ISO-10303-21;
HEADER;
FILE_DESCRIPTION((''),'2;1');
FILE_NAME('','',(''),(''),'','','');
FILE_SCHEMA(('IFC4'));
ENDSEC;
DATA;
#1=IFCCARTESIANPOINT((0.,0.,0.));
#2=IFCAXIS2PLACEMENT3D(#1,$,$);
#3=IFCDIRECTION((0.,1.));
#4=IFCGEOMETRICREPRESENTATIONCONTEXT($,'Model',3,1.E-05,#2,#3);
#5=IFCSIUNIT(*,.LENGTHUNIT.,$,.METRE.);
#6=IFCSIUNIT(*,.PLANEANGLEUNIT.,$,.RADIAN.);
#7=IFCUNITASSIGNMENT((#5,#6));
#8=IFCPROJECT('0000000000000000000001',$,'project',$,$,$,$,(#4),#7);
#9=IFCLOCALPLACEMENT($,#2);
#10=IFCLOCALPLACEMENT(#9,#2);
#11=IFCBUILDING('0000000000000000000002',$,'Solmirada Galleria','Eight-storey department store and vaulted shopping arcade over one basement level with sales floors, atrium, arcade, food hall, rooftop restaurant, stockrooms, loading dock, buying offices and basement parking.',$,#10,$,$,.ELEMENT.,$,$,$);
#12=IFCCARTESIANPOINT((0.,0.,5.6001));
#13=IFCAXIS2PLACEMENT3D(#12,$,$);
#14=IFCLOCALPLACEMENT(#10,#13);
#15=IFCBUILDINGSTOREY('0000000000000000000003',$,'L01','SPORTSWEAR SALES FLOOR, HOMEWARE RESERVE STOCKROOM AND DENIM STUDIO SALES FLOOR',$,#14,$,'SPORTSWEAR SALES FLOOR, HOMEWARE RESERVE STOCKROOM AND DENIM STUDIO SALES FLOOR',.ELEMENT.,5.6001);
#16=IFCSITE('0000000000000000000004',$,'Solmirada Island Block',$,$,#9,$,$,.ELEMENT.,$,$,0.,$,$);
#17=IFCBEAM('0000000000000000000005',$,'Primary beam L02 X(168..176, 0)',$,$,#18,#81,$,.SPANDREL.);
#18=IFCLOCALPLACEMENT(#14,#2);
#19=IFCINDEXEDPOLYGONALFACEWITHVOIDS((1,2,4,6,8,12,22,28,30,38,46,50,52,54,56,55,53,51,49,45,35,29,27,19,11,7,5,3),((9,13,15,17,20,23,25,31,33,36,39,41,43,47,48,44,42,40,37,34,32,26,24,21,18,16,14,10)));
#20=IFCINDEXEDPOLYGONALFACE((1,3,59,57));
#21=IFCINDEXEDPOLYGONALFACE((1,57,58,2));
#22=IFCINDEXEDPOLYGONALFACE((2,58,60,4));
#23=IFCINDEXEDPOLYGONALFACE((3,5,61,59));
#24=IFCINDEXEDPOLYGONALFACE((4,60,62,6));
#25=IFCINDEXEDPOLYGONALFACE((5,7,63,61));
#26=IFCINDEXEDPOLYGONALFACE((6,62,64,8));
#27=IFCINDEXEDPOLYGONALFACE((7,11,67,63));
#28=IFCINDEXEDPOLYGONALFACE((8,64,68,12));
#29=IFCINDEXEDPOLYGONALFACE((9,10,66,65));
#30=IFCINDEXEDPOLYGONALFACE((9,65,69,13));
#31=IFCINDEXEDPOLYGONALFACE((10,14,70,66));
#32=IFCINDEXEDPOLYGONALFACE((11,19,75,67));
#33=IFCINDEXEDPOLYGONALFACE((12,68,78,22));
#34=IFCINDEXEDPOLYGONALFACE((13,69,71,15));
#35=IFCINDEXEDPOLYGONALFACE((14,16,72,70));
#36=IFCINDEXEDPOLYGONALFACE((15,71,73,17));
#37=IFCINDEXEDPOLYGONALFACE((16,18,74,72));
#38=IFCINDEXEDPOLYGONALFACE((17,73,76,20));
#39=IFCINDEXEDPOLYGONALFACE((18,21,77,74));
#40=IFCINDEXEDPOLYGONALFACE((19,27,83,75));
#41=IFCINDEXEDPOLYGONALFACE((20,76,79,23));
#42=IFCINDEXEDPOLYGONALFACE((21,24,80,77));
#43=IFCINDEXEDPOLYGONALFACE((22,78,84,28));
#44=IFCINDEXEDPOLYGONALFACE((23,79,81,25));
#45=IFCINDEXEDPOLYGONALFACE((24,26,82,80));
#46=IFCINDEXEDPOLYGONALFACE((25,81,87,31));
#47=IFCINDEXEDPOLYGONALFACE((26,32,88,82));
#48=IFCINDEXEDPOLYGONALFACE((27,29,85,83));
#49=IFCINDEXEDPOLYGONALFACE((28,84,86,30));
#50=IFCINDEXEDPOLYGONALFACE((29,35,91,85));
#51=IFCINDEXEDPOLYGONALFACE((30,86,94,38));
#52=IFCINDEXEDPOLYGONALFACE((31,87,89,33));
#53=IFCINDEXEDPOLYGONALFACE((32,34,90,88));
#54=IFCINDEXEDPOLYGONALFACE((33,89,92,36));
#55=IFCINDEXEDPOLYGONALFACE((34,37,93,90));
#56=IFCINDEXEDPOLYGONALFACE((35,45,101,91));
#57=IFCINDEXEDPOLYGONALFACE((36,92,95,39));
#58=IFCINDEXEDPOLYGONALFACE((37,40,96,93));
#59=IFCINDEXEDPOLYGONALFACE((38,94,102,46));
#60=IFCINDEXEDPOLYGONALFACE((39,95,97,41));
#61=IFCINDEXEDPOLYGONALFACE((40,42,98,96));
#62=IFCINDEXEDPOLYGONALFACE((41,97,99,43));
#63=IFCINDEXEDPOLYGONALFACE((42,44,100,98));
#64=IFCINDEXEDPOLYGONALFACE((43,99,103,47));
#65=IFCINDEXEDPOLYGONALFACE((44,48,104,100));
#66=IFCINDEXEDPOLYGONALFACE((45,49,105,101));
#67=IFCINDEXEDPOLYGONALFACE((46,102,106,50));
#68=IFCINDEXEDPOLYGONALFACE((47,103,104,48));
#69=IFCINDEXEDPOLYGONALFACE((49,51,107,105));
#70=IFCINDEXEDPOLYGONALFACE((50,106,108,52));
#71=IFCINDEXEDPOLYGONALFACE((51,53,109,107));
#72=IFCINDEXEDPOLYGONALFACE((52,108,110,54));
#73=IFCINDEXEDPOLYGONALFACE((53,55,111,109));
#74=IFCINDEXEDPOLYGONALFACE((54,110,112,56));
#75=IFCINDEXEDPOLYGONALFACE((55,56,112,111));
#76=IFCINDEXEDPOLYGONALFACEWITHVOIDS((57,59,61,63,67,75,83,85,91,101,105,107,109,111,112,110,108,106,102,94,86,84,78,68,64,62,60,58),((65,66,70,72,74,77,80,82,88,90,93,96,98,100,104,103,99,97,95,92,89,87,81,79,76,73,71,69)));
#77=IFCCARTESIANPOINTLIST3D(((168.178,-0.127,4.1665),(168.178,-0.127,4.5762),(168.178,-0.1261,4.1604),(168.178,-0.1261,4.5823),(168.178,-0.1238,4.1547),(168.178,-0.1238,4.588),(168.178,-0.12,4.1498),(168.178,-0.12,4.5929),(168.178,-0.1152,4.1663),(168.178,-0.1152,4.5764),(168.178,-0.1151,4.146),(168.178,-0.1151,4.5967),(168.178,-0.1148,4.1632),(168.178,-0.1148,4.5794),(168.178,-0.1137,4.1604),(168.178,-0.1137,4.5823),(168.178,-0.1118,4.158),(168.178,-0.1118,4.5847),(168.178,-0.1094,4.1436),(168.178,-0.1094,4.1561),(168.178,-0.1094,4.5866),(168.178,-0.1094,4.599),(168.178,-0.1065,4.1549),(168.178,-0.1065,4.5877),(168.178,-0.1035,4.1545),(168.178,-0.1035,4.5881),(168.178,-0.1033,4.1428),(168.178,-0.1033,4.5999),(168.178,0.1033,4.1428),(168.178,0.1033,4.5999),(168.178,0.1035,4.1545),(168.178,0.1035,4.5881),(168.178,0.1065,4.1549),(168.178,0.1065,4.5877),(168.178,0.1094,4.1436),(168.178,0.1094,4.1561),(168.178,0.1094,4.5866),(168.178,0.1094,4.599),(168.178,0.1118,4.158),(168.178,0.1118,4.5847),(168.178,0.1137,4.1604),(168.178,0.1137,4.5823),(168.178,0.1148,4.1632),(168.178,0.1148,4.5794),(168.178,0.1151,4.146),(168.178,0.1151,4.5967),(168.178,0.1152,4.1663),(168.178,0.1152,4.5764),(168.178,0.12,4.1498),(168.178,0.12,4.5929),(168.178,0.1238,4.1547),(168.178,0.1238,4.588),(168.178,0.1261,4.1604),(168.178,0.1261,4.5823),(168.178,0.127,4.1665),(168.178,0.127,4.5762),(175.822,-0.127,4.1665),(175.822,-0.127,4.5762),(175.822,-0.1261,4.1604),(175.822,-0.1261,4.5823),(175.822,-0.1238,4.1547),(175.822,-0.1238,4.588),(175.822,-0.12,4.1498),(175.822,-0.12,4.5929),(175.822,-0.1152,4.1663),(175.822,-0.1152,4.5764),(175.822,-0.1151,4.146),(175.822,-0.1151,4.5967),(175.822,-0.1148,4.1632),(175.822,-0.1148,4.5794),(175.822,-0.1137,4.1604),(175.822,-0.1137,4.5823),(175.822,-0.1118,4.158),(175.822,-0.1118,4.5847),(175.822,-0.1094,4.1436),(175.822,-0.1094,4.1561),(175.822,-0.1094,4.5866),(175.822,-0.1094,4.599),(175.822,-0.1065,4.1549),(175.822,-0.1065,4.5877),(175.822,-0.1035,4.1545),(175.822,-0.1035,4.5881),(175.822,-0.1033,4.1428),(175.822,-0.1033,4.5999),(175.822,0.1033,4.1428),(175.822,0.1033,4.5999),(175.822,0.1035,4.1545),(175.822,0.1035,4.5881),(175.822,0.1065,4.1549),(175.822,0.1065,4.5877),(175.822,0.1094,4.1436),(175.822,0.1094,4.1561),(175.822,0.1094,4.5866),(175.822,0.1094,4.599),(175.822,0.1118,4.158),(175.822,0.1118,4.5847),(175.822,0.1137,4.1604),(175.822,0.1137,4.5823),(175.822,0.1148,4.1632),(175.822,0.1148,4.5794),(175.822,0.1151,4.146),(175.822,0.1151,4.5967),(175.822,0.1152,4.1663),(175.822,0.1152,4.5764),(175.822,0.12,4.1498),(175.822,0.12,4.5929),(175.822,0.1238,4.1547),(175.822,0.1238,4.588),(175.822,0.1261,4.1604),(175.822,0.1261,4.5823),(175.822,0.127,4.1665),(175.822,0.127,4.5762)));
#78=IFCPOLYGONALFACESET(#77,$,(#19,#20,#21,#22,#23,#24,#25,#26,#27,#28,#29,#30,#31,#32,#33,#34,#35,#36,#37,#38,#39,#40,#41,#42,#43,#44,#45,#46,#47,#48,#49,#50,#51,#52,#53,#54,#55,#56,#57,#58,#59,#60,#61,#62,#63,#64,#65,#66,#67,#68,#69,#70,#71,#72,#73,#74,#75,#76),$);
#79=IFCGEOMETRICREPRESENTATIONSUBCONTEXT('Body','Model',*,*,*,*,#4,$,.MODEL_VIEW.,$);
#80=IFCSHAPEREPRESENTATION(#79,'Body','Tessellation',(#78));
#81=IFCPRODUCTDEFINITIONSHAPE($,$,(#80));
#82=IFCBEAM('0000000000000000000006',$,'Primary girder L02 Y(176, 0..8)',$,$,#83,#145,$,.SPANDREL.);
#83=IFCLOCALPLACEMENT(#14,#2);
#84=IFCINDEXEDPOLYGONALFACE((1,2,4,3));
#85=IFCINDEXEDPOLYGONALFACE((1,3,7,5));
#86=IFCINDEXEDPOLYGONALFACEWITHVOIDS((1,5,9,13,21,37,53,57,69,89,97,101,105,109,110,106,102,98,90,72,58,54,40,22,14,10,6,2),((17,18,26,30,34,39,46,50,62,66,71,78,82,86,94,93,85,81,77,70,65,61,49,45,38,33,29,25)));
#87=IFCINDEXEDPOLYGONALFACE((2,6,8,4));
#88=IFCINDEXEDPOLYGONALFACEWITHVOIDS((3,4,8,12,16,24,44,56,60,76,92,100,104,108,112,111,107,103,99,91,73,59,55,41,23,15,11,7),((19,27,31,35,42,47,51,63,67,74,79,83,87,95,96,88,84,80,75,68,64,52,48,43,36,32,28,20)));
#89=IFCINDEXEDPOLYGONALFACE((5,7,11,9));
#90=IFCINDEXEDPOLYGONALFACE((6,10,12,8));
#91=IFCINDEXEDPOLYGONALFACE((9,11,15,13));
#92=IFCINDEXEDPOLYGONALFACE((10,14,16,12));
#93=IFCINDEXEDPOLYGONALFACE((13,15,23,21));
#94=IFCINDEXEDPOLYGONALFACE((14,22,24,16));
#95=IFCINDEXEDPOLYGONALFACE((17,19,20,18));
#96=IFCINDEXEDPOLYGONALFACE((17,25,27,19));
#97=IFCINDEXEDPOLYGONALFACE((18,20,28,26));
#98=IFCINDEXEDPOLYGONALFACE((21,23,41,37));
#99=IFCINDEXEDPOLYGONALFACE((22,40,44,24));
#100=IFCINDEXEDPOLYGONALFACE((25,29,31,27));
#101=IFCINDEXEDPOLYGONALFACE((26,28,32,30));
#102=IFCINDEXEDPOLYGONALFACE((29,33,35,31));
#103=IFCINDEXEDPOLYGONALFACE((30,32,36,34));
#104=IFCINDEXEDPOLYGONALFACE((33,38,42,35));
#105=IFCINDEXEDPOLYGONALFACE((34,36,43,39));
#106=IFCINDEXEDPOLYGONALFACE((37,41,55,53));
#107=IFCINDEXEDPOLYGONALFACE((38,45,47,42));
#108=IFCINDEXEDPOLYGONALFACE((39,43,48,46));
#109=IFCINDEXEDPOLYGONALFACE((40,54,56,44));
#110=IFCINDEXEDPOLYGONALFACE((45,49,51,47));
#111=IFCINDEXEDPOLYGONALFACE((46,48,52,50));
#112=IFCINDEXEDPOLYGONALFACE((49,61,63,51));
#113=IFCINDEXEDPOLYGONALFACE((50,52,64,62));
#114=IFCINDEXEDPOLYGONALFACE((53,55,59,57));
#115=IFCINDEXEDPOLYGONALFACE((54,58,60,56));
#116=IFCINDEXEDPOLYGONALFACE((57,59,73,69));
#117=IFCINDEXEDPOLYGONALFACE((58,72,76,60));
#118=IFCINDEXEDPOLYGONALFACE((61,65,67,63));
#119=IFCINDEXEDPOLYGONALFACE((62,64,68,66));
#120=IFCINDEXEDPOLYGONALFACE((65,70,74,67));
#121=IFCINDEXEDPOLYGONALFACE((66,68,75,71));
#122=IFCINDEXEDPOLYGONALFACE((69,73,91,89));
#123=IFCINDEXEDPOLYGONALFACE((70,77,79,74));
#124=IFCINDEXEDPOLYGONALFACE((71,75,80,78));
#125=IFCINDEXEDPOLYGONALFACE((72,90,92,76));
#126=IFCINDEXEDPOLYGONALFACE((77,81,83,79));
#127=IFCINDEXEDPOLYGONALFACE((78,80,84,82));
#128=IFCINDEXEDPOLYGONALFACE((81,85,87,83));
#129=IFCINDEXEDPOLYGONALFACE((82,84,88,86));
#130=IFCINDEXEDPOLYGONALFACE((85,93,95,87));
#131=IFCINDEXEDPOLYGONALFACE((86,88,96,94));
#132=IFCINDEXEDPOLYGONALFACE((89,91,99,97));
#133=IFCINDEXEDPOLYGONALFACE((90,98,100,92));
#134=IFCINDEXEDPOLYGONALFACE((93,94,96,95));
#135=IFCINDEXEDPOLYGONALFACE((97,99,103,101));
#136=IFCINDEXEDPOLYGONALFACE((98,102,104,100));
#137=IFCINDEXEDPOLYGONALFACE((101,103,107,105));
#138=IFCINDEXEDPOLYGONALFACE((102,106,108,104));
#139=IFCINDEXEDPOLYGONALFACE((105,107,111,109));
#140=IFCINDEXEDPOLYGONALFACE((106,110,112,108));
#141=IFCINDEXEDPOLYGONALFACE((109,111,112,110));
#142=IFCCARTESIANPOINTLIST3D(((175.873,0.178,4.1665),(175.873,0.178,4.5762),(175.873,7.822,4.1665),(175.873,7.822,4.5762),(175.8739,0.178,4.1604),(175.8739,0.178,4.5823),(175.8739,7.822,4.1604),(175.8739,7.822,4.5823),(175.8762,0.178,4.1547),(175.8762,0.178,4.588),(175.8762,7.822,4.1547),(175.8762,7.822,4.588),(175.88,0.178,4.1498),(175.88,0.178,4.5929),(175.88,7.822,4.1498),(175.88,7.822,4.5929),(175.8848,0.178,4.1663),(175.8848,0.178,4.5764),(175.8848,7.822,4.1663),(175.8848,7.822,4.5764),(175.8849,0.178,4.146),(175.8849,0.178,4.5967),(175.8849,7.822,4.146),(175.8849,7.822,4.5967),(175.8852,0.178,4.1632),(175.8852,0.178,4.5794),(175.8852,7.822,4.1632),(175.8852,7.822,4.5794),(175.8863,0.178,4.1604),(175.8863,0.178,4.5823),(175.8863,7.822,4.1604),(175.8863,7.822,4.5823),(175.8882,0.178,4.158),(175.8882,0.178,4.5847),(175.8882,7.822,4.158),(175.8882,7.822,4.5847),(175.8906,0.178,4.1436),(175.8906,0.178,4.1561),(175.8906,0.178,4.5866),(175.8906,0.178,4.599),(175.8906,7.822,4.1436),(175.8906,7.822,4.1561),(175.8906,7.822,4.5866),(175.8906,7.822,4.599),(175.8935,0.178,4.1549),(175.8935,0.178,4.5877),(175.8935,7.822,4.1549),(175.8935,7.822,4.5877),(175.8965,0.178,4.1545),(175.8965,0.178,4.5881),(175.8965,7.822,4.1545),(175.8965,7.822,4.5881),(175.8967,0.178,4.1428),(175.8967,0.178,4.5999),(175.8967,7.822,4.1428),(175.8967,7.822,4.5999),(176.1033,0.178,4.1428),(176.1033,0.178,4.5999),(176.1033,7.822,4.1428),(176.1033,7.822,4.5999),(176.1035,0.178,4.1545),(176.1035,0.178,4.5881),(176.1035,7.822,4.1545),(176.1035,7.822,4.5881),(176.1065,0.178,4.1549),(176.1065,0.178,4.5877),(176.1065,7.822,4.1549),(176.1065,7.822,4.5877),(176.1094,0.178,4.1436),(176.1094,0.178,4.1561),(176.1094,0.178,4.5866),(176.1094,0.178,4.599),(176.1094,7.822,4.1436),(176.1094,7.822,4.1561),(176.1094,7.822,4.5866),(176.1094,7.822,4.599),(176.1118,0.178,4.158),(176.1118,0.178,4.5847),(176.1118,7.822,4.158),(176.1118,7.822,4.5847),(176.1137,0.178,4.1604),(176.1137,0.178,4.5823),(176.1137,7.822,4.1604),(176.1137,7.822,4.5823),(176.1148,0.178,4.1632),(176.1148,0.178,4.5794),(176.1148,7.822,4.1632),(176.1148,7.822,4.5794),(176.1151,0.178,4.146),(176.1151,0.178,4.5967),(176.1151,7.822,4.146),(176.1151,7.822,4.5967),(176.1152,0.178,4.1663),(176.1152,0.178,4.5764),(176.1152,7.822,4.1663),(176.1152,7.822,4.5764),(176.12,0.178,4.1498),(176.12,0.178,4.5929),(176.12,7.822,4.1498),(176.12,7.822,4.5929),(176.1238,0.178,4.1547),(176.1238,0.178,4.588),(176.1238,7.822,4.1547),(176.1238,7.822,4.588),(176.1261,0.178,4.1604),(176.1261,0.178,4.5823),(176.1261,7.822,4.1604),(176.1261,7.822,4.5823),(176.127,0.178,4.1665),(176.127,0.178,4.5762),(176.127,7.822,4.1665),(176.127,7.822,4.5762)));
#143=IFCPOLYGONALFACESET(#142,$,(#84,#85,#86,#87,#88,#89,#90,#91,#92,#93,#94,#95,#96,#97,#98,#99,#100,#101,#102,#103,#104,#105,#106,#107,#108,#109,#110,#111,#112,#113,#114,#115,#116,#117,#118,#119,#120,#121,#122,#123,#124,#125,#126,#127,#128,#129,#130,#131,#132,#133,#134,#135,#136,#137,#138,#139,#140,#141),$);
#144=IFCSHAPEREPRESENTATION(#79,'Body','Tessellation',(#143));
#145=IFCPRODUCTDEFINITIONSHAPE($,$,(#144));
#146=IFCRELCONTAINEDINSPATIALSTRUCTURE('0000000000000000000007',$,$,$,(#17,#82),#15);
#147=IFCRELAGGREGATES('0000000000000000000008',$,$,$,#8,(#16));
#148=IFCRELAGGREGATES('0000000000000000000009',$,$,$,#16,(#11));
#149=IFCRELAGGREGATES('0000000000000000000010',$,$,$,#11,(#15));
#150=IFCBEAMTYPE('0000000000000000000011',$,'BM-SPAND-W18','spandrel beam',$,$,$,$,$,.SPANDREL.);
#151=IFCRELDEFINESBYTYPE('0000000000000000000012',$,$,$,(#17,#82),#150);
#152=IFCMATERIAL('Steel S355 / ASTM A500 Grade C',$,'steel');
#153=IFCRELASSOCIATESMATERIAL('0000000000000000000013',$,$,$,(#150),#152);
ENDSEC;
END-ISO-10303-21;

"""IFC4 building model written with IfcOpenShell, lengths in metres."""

from ifc_helpers import new_model, si_unit, direction, frame, origin, origin_2d, place, context, subcontext, project, spatial, hollow_rectangle, extrude, material, material_profile, profile_set, type_object, element, save


model = new_model("IFC4")

# Units and contexts
model_context = context("Model", 3, precision=1e-05, world=origin(), true_north=direction((0.0, 1.0)))
body_context = subcontext(model_context, "Body", "Model", "MODEL_VIEW")
ifc_project = project(units=[si_unit("LENGTHUNIT", "METRE"), si_unit("PLANEANGLEUNIT", "RADIAN")], contexts=[model_context])

# Site, building, storey
site_placement = place(None, origin())
site = spatial("IfcSite", under=ifc_project, at=site_placement, Name="Solmirada Island Block", CompositionType="ELEMENT", RefElevation=0.0)
building_placement = place(site_placement, origin())
building = spatial("IfcBuilding", under=site, at=building_placement, Name="Solmirada Galleria", Description="Eight-storey department store and vaulted shopping arcade over one basement level with sales floors, atrium, arcade, food hall, rooftop restaurant, stockrooms, loading dock, buying offices and basement parking.", CompositionType="ELEMENT")
storey_placement = place(building_placement, frame((0.0, 0.0, 5.6001)))
storey = spatial("IfcBuildingStorey", under=building, at=storey_placement, Name="L01", Description="SPORTSWEAR SALES FLOOR, HOMEWARE RESERVE STOCKROOM AND DENIM STUDIO SALES FLOOR", LongName="SPORTSWEAR SALES FLOOR, HOMEWARE RESERVE STOCKROOM AND DENIM STUDIO SALES FLOOR", CompositionType="ELEMENT", Elevation=5.6001)

# Shared definitions
ifc_material_1 = material(Name="Steel S355 / ASTM A500 Grade C", Category="steel")

# Beams
ifc_material_profile_1 = material_profile(ifc_material_1, hollow_rectangle(XDim=0.2539, YDim=0.457, WallThickness=0.0117, InnerFilletRadius=0.0117, OuterFilletRadius=0.0237, at=origin_2d()), Name="HSS18X10X1/2")
ifc_profile_set_1 = profile_set([ifc_material_profile_1], Name="Steel S355 / ASTM A500 Grade C")
beam_type_1 = type_object("IfcBeamType", Name="BM-SPAND-W18", Description="spandrel beam", PredefinedType="SPANDREL", material=ifc_profile_set_1)
for number, where, z_axis, x_axis, name in (
    (1, (168.178, 0.0, 4.3713), (1.0, 0.0, 0.0), (0.0, 1.0, 0.0), "Primary beam L02 X(168..176, 0)"),
    (2, (176.0, 0.178, 4.3713), (0.0, 1.0, 0.0), (-1.0, 0.0, 0.0), "Primary girder L02 Y(176, 0..8)"),
):
    element("IfcBeam", number, at=place(storey_placement, frame(where, z_axis=z_axis, x_axis=x_axis)), inside=storey, type_object=beam_type_1, Name=name, PredefinedType="SPANDREL", context=body_context, shape_type="SweptSolid", body=[
        extrude(hollow_rectangle(XDim=0.2539, YDim=0.457, WallThickness=0.0117, InnerFilletRadius=0.0117, OuterFilletRadius=0.0237, at=origin_2d()), origin(), (0.0, 0.0, 1.0), 7.644),
    ])

save(model, "model.ifc")
